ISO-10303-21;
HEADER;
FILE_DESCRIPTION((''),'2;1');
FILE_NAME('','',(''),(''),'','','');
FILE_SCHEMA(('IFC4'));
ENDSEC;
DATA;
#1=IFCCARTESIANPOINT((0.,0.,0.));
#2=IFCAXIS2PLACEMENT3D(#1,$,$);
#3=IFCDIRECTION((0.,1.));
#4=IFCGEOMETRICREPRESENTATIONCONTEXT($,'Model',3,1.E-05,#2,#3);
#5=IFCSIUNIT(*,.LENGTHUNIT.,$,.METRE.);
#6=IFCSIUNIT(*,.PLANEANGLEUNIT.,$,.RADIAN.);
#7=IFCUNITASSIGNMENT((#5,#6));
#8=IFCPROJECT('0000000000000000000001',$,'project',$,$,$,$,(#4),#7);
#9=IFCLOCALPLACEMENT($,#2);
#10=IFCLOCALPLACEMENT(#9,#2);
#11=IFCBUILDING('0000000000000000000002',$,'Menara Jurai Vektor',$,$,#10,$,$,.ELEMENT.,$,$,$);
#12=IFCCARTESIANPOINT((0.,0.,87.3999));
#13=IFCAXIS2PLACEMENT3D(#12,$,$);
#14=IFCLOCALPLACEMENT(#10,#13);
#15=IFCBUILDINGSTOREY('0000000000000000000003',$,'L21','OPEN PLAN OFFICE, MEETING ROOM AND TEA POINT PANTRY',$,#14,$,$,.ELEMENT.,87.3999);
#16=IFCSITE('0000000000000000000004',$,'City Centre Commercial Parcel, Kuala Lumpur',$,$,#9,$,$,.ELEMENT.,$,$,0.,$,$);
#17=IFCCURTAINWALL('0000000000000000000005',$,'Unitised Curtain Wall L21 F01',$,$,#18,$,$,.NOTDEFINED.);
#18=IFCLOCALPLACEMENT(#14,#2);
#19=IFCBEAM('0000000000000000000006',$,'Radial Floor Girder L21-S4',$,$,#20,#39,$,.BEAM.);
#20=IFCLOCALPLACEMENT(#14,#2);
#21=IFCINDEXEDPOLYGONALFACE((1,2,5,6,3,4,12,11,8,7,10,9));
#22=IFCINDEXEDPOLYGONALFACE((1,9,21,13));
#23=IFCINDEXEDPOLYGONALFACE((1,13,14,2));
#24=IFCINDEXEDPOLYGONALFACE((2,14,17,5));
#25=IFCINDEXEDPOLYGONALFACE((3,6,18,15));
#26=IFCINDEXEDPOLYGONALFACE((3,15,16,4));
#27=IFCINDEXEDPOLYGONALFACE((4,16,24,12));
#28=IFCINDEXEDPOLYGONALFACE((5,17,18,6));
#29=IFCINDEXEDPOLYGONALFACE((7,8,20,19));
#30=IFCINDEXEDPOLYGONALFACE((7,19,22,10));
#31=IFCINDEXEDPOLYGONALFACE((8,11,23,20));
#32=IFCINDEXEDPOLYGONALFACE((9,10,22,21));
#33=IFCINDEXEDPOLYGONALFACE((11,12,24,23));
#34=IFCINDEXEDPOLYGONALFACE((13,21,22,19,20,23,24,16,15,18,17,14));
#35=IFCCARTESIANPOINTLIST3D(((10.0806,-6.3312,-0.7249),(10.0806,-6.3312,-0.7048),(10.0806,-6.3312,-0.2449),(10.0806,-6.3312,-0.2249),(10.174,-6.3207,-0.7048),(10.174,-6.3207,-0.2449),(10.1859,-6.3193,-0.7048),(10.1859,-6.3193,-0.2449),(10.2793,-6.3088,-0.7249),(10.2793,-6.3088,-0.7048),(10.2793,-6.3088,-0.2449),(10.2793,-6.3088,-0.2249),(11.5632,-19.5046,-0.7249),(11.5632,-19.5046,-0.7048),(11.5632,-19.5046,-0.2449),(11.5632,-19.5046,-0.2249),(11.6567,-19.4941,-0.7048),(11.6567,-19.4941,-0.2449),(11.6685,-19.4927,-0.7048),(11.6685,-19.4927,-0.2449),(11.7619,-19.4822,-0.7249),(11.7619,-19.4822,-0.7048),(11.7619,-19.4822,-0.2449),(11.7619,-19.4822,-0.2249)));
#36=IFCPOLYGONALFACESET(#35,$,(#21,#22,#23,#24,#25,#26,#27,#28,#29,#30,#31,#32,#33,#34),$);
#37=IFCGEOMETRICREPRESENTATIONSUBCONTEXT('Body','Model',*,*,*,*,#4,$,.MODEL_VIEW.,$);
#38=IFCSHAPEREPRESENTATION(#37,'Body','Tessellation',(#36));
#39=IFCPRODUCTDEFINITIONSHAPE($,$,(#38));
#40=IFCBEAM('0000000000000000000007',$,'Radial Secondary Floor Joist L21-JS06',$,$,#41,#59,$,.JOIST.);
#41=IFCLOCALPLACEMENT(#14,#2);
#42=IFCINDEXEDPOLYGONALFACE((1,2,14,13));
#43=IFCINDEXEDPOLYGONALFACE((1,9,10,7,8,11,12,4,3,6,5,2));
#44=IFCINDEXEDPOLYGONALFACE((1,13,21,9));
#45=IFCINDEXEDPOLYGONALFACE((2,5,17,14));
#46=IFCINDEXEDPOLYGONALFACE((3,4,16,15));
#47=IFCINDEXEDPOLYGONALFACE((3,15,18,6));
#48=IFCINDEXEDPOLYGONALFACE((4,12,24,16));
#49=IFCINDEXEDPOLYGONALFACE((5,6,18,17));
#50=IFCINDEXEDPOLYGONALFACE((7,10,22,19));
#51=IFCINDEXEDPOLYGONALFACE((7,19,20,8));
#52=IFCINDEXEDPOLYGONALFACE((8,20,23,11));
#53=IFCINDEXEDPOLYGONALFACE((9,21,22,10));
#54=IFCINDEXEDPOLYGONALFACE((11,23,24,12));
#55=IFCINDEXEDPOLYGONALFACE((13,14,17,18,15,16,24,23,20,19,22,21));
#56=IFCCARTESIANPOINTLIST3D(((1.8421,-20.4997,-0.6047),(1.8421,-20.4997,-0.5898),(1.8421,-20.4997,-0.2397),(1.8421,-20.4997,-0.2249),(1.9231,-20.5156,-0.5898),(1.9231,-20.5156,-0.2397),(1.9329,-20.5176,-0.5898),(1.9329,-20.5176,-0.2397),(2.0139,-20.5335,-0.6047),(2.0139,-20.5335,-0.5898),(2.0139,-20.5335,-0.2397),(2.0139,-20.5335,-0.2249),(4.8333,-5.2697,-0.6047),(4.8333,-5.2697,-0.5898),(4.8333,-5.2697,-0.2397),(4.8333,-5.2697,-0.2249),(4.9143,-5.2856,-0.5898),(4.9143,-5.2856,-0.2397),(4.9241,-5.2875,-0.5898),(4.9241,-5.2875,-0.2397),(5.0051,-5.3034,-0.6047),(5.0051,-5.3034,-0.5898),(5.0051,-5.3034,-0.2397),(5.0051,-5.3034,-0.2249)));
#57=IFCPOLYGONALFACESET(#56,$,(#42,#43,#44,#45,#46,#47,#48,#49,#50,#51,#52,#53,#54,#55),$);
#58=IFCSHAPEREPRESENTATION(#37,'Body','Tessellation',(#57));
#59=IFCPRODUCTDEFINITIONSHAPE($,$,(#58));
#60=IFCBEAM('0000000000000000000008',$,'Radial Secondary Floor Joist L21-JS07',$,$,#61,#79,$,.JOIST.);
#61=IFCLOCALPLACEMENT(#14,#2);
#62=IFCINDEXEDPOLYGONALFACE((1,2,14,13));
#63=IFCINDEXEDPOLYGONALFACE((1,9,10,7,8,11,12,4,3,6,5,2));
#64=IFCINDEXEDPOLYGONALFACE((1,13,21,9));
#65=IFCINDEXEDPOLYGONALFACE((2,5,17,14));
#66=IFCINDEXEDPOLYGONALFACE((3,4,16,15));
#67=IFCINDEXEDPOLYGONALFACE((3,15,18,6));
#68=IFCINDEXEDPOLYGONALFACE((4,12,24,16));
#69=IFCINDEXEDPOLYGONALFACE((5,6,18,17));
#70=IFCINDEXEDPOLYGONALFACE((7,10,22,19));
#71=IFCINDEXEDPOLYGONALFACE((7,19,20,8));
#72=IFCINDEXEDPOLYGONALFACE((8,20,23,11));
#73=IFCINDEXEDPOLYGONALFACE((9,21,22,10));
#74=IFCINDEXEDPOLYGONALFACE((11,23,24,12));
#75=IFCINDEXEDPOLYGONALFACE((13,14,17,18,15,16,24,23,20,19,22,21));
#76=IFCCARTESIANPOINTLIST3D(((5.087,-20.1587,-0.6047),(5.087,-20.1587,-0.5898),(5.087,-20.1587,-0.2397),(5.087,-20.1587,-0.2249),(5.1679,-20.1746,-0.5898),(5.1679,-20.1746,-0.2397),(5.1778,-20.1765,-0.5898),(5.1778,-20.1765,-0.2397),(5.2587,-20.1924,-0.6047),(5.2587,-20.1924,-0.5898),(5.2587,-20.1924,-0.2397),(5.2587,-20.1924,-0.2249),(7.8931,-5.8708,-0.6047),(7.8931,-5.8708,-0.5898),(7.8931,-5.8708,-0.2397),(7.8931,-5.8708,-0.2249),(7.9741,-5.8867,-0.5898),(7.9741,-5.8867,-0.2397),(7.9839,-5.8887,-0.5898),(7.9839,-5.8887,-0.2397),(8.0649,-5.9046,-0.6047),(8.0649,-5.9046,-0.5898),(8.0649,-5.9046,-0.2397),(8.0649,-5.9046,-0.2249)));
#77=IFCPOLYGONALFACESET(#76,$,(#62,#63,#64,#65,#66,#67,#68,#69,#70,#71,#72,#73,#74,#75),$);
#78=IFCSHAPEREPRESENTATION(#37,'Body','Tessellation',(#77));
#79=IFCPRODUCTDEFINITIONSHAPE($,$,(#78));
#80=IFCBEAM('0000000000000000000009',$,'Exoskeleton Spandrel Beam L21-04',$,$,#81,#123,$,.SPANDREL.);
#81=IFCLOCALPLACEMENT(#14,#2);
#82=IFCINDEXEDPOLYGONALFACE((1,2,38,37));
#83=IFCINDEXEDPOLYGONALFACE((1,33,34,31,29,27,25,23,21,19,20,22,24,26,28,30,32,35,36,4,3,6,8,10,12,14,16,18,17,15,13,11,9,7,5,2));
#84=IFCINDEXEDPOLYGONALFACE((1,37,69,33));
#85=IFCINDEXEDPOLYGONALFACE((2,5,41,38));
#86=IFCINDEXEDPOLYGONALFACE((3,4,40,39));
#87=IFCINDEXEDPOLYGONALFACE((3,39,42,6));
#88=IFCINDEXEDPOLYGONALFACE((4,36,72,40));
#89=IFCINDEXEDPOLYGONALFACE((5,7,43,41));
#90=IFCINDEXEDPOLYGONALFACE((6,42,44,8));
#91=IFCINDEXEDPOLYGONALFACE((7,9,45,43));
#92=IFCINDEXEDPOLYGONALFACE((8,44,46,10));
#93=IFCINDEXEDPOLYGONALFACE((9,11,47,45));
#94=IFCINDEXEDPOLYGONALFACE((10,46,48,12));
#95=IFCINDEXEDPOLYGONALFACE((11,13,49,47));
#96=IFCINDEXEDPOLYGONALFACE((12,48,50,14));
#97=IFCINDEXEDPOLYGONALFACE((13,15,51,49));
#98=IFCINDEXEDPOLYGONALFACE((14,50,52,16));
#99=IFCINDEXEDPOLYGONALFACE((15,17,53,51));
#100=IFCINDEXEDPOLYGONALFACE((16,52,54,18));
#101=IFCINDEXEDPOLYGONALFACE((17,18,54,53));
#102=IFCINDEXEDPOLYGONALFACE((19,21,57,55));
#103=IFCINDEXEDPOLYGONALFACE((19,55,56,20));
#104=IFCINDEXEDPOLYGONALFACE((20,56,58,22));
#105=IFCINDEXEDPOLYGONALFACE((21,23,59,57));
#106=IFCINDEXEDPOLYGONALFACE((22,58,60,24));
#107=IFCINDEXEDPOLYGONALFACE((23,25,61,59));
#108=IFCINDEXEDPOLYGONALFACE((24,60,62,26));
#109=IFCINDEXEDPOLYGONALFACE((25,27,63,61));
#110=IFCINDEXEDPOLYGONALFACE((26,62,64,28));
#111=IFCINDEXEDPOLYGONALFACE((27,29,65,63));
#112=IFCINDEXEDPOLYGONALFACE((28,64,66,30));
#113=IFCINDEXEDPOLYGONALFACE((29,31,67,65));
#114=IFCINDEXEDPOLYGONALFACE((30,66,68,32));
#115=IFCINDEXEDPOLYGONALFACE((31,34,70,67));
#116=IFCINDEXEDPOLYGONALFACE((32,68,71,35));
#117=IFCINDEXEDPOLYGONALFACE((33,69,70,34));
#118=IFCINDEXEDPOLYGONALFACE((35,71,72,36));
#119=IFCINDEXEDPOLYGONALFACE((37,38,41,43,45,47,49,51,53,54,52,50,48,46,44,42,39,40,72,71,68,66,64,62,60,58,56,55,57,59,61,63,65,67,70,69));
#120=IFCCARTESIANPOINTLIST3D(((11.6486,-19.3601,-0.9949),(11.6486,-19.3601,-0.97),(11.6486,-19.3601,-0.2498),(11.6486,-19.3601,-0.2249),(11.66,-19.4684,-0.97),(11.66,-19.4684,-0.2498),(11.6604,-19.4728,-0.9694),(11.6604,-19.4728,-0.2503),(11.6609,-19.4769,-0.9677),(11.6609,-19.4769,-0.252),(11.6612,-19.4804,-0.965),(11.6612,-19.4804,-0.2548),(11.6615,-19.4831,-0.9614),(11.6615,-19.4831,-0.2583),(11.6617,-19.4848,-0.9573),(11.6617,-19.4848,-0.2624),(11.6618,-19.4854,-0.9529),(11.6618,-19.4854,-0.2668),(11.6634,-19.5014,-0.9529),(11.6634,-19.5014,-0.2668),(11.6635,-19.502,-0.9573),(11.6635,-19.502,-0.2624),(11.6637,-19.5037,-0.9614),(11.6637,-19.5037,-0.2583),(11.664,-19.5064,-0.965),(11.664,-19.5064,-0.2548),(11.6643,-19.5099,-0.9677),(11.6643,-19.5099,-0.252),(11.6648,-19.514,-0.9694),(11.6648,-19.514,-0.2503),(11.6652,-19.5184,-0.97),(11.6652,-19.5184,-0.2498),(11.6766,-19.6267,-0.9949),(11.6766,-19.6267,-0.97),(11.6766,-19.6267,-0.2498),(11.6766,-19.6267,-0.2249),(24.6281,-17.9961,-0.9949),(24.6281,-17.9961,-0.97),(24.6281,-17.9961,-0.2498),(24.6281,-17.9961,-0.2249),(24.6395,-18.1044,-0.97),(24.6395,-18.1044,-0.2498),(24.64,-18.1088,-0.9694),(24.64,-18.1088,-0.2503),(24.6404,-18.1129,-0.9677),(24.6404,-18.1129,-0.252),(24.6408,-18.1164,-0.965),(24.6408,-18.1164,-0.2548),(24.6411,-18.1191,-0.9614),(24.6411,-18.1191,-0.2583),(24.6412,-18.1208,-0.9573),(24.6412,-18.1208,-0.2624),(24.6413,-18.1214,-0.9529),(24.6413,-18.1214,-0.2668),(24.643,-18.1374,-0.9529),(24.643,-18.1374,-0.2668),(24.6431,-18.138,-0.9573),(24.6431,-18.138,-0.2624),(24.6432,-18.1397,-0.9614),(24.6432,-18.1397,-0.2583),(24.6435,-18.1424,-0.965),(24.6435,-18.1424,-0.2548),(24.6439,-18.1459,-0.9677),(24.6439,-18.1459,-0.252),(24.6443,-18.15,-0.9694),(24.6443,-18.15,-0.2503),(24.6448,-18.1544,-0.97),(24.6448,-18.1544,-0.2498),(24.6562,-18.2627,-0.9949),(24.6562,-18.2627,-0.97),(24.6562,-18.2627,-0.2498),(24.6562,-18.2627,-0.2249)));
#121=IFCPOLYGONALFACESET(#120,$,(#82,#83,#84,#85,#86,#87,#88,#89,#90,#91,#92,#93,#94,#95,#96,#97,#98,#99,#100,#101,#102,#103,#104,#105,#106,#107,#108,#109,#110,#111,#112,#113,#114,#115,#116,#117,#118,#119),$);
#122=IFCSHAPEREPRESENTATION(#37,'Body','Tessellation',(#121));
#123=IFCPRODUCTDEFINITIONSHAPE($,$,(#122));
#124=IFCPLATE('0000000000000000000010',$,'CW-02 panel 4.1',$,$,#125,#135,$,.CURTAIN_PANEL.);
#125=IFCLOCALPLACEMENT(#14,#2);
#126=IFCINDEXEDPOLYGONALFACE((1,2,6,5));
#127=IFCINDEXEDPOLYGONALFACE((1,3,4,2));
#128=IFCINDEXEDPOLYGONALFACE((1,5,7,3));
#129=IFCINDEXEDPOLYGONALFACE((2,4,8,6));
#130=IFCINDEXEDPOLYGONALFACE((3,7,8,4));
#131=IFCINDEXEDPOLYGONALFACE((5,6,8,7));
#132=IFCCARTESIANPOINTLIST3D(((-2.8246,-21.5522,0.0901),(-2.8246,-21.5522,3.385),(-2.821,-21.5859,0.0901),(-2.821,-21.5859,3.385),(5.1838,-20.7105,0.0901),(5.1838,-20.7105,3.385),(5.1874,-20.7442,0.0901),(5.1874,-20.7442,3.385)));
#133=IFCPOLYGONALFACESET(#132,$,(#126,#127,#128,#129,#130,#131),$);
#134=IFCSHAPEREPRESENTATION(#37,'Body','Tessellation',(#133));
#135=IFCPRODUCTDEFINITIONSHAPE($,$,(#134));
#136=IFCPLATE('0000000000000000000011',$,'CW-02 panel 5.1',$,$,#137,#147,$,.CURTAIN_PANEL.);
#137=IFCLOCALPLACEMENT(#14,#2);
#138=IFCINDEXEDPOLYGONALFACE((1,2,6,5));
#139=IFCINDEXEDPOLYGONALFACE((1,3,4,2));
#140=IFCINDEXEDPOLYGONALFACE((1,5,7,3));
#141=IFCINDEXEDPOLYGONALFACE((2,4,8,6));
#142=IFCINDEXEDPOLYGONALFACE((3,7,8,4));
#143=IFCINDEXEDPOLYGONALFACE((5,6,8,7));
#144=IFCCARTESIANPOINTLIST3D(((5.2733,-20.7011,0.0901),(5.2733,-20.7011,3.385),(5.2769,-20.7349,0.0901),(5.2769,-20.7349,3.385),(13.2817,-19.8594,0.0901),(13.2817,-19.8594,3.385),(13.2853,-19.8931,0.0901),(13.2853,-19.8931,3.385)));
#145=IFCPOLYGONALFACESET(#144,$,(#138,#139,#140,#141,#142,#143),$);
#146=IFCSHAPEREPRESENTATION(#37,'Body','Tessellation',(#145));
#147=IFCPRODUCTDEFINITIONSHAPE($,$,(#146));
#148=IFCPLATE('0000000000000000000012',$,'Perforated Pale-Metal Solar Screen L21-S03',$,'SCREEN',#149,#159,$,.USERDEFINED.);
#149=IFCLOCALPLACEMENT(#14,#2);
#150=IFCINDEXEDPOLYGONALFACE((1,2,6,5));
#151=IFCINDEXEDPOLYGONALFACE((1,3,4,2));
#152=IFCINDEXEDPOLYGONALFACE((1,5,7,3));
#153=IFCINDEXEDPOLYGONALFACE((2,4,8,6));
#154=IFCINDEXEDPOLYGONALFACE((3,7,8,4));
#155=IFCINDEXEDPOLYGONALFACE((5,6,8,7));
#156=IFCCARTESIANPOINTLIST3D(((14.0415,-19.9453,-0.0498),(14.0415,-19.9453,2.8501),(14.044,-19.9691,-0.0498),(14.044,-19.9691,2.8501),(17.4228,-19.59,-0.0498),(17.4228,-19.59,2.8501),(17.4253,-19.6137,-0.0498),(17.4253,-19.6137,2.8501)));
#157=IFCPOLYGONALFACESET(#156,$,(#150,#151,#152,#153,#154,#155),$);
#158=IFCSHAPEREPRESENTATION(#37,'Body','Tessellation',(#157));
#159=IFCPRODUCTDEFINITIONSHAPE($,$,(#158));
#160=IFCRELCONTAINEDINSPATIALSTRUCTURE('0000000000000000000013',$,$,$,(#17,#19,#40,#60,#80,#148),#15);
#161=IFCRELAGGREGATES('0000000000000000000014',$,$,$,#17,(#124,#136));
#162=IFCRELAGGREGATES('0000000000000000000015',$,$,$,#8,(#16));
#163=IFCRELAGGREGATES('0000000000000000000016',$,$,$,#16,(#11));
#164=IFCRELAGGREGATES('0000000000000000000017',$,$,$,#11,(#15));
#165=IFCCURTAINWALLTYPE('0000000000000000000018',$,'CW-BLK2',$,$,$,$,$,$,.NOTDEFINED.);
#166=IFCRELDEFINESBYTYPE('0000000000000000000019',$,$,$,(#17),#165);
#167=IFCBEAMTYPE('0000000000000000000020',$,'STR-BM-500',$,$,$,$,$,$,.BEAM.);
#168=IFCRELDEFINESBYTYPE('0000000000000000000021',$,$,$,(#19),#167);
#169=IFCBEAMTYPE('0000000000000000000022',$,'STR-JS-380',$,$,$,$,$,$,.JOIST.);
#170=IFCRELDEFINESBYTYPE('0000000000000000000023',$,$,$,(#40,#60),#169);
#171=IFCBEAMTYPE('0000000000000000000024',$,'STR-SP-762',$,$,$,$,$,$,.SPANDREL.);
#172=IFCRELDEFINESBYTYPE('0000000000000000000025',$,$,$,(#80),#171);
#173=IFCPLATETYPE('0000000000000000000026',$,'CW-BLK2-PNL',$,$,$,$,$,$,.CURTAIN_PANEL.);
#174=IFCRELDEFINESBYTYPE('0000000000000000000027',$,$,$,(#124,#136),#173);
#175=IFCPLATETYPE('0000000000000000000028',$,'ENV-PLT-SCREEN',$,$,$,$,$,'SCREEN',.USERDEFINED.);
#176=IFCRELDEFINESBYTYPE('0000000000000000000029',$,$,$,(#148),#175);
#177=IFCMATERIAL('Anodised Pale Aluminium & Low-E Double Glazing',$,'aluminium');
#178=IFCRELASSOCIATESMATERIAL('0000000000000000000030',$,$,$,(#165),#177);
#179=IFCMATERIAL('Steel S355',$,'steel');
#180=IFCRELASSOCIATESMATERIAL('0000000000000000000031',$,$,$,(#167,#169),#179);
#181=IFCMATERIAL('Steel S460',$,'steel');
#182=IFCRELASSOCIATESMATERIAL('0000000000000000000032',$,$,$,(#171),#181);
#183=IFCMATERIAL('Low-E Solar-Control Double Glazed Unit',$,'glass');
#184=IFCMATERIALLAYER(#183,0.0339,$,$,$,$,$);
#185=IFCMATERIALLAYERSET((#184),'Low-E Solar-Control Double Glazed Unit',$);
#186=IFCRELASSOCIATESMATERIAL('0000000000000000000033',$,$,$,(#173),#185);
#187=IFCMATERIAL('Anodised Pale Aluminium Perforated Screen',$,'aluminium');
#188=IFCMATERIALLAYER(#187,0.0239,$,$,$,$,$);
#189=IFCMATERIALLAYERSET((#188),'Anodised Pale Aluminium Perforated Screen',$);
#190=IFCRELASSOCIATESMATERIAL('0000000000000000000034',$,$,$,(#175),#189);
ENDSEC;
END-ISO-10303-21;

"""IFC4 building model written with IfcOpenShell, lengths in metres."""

from ifc_helpers import new_model, si_unit, direction, frame, origin, origin_2d, place, context, subcontext, project, spatial, rectangle, i_section, extrude, material, layer, layer_set, material_profile, profile_set, type_object, element, aggregate, save


model = new_model("IFC4")

# Units and contexts
model_context = context("Model", 3, precision=1e-05, world=origin(), true_north=direction((0.0, 1.0)))
body_context = subcontext(model_context, "Body", "Model", "MODEL_VIEW")
ifc_project = project(units=[si_unit("LENGTHUNIT", "METRE"), si_unit("PLANEANGLEUNIT", "RADIAN")], contexts=[model_context])

# Site, building, storey
site_placement = place(None, origin())
site = spatial("IfcSite", under=ifc_project, at=site_placement, Name="City Centre Commercial Parcel, Kuala Lumpur", CompositionType="ELEMENT", RefElevation=0.0)
building_placement = place(site_placement, origin())
building = spatial("IfcBuilding", under=site, at=building_placement, Name="Menara Jurai Vektor", CompositionType="ELEMENT")
storey_placement = place(building_placement, frame((0.0, 0.0, 87.3999)))
storey = spatial("IfcBuildingStorey", under=building, at=storey_placement, Name="L21", Description="OPEN PLAN OFFICE, MEETING ROOM AND TEA POINT PANTRY", CompositionType="ELEMENT", Elevation=87.3999)

# Shared definitions
ifc_material_1 = material(Name="Steel S460", Category="steel")

# Curtain wall
ifc_material_2 = material(Name="Anodised Pale Aluminium & Low-E Double Glazing", Category="aluminium")
curtain_wall_type = type_object("IfcCurtainWallType", Name="CW-BLK2", PredefinedType="NOTDEFINED", material=ifc_material_2)
curtain_wall_placement = place(storey_placement, origin())
curtain_wall = element("IfcCurtainWall", 1, at=curtain_wall_placement, inside=storey, type_object=curtain_wall_type, Name="Unitised Curtain Wall L21 F01", PredefinedType="NOTDEFINED")

# Beams
ifc_material_3 = material(Name="Steel S355", Category="steel")
ifc_material_profile_1 = material_profile(ifc_material_3, i_section(OverallWidth=0.2, OverallDepth=0.5, WebThickness=0.012, FlangeThickness=0.02, at=origin_2d()), Name="PG 500x200x96")
ifc_profile_set_1 = profile_set([ifc_material_profile_1], Name="Steel S355")
beam_type_1 = type_object("IfcBeamType", Name="STR-BM-500", PredefinedType="BEAM", material=ifc_profile_set_1)
beam_1_placement = place(storey_placement, frame((11.6626, -19.4934, -0.4749), z_axis=(-0.111844, 0.993726, 0.0), x_axis=(-0.993726, -0.111844, 0.0)))
element("IfcBeam", 2, at=beam_1_placement, inside=storey, type_object=beam_type_1, Name="Radial Floor Girder L21-S4", PredefinedType="BEAM", context=body_context, shape_type="SweptSolid", body=[
    extrude(i_section(OverallWidth=0.2, OverallDepth=0.5, WebThickness=0.012, FlangeThickness=0.02, at=origin_2d()), origin(), (0.0, 0.0, 1.0), 13.2566),
])
ifc_material_profile_2 = material_profile(ifc_material_3, i_section(OverallWidth=0.175, OverallDepth=0.3799, WebThickness=0.01, FlangeThickness=0.0149, at=origin_2d()), Name="PG 380x175x58")
ifc_profile_set_2 = profile_set([ifc_material_profile_2], Name="Steel S355")
beam_type_2 = type_object("IfcBeamType", Name="STR-JS-380", PredefinedType="JOIST", material=ifc_profile_set_2)
beam_2_placement = place(storey_placement, frame((1.928, -20.5166, -0.4148), z_axis=(0.192721, 0.981254, 0.0), x_axis=(-0.981254, 0.192721, 0.0)))
element("IfcBeam", 3, at=beam_2_placement, inside=storey, type_object=beam_type_2, Name="Radial Secondary Floor Joist L21-JS06", PredefinedType="JOIST", context=body_context, shape_type="SweptSolid", body=[
    extrude(i_section(OverallWidth=0.175, OverallDepth=0.3799, WebThickness=0.01, FlangeThickness=0.0149, at=origin_2d()), origin(), (0.0, 0.0, 1.0), 15.521),
])
beam_3_placement = place(storey_placement, frame((5.1729, -20.1755, -0.4148), z_axis=(0.19272, 0.981254, 0.0), x_axis=(-0.981254, 0.19272, 0.0)))
element("IfcBeam", 4, at=beam_3_placement, inside=storey, type_object=beam_type_2, Name="Radial Secondary Floor Joist L21-JS07", PredefinedType="JOIST", context=body_context, shape_type="SweptSolid", body=[
    extrude(i_section(OverallWidth=0.175, OverallDepth=0.3799, WebThickness=0.01, FlangeThickness=0.0149, at=origin_2d()), origin(), (0.0, 0.0, 1.0), 14.5608),
])
ifc_material_profile_3 = material_profile(ifc_material_1, i_section(OverallWidth=0.2681, OverallDepth=0.77, WebThickness=0.0161, FlangeThickness=0.0249, FilletRadius=0.0171, at=origin_2d()), Name="UKB 762x267x197")
ifc_profile_set_3 = profile_set([ifc_material_profile_3], Name="Steel S460")
beam_type_3 = type_object("IfcBeamType", Name="STR-SP-762", PredefinedType="SPANDREL", material=ifc_profile_set_3)
beam_4_placement = place(storey_placement, frame((11.6626, -19.4934, -0.6099), z_axis=(0.994523, 0.104514, 0.0), x_axis=(-0.104514, 0.994523, 0.0)))
element("IfcBeam", 5, at=beam_4_placement, inside=storey, type_object=beam_type_3, Name="Exoskeleton Spandrel Beam L21-04", PredefinedType="SPANDREL", context=body_context, shape_type="SweptSolid", body=[
    extrude(i_section(OverallWidth=0.2681, OverallDepth=0.77, WebThickness=0.0161, FlangeThickness=0.0249, FilletRadius=0.0171, at=origin_2d()), origin(), (0.0, 0.0, 1.0), 13.051),
])

# Plates
ifc_material_4 = material(Name="Low-E Solar-Control Double Glazed Unit", Category="glass")
ifc_layer_1 = layer(ifc_material_4, 0.0339)
ifc_layer_set_1 = layer_set([ifc_layer_1], Name="Low-E Solar-Control Double Glazed Unit")
plate_type_1 = type_object("IfcPlateType", Name="CW-BLK2-PNL", PredefinedType="CURTAIN_PANEL", material=ifc_layer_set_1)
plate_1_placement = place(storey_placement, frame((1.1814, -21.1482, 0.0901), z_axis=(0.0, 0.0, 1.0), x_axis=(0.994522, 0.104529, 0.0)))
plate_1 = element("IfcPlate", 6, at=plate_1_placement, type_object=plate_type_1, Name="CW-02 panel 4.1", PredefinedType="CURTAIN_PANEL", context=body_context, shape_type="SweptSolid", body=[
    extrude(rectangle(XDim=8.0525, YDim=0.0339, at=origin_2d()), origin(), (0.0, 0.0, 1.0), 3.2949),
])
plate_2_placement = place(storey_placement, frame((9.2793, -20.2971, 0.0901), z_axis=(0.0, 0.0, 1.0), x_axis=(0.994522, 0.104529, 0.0)))
plate_2 = element("IfcPlate", 7, at=plate_2_placement, type_object=plate_type_1, Name="CW-02 panel 5.1", PredefinedType="CURTAIN_PANEL", context=body_context, shape_type="SweptSolid", body=[
    extrude(rectangle(XDim=8.0525, YDim=0.0339, at=origin_2d()), origin(), (0.0, 0.0, 1.0), 3.2949),
])
aggregate(curtain_wall, [plate_1, plate_2])
ifc_material_5 = material(Name="Anodised Pale Aluminium Perforated Screen", Category="aluminium")
ifc_layer_2 = layer(ifc_material_5, 0.0239)
ifc_layer_set_2 = layer_set([ifc_layer_2], Name="Anodised Pale Aluminium Perforated Screen")
plate_type_2 = type_object("IfcPlateType", Name="ENV-PLT-SCREEN", ElementType="SCREEN", PredefinedType="USERDEFINED", material=ifc_layer_set_2)
plate_3_placement = place(storey_placement, frame((15.7334, -19.7795, -0.0498), z_axis=(0.0, 0.0, 1.0), x_axis=(0.994522, 0.104528, 0.0)))
element("IfcPlate", 8, at=plate_3_placement, inside=storey, type_object=plate_type_2, Name="Perforated Pale-Metal Solar Screen L21-S03", ObjectType="SCREEN", PredefinedType="USERDEFINED", context=body_context, shape_type="SweptSolid", body=[
    extrude(rectangle(XDim=3.3999, YDim=0.0239, at=origin_2d()), origin(), (0.0, 0.0, 1.0), 2.8999),
])

save(model, "model.ifc")
